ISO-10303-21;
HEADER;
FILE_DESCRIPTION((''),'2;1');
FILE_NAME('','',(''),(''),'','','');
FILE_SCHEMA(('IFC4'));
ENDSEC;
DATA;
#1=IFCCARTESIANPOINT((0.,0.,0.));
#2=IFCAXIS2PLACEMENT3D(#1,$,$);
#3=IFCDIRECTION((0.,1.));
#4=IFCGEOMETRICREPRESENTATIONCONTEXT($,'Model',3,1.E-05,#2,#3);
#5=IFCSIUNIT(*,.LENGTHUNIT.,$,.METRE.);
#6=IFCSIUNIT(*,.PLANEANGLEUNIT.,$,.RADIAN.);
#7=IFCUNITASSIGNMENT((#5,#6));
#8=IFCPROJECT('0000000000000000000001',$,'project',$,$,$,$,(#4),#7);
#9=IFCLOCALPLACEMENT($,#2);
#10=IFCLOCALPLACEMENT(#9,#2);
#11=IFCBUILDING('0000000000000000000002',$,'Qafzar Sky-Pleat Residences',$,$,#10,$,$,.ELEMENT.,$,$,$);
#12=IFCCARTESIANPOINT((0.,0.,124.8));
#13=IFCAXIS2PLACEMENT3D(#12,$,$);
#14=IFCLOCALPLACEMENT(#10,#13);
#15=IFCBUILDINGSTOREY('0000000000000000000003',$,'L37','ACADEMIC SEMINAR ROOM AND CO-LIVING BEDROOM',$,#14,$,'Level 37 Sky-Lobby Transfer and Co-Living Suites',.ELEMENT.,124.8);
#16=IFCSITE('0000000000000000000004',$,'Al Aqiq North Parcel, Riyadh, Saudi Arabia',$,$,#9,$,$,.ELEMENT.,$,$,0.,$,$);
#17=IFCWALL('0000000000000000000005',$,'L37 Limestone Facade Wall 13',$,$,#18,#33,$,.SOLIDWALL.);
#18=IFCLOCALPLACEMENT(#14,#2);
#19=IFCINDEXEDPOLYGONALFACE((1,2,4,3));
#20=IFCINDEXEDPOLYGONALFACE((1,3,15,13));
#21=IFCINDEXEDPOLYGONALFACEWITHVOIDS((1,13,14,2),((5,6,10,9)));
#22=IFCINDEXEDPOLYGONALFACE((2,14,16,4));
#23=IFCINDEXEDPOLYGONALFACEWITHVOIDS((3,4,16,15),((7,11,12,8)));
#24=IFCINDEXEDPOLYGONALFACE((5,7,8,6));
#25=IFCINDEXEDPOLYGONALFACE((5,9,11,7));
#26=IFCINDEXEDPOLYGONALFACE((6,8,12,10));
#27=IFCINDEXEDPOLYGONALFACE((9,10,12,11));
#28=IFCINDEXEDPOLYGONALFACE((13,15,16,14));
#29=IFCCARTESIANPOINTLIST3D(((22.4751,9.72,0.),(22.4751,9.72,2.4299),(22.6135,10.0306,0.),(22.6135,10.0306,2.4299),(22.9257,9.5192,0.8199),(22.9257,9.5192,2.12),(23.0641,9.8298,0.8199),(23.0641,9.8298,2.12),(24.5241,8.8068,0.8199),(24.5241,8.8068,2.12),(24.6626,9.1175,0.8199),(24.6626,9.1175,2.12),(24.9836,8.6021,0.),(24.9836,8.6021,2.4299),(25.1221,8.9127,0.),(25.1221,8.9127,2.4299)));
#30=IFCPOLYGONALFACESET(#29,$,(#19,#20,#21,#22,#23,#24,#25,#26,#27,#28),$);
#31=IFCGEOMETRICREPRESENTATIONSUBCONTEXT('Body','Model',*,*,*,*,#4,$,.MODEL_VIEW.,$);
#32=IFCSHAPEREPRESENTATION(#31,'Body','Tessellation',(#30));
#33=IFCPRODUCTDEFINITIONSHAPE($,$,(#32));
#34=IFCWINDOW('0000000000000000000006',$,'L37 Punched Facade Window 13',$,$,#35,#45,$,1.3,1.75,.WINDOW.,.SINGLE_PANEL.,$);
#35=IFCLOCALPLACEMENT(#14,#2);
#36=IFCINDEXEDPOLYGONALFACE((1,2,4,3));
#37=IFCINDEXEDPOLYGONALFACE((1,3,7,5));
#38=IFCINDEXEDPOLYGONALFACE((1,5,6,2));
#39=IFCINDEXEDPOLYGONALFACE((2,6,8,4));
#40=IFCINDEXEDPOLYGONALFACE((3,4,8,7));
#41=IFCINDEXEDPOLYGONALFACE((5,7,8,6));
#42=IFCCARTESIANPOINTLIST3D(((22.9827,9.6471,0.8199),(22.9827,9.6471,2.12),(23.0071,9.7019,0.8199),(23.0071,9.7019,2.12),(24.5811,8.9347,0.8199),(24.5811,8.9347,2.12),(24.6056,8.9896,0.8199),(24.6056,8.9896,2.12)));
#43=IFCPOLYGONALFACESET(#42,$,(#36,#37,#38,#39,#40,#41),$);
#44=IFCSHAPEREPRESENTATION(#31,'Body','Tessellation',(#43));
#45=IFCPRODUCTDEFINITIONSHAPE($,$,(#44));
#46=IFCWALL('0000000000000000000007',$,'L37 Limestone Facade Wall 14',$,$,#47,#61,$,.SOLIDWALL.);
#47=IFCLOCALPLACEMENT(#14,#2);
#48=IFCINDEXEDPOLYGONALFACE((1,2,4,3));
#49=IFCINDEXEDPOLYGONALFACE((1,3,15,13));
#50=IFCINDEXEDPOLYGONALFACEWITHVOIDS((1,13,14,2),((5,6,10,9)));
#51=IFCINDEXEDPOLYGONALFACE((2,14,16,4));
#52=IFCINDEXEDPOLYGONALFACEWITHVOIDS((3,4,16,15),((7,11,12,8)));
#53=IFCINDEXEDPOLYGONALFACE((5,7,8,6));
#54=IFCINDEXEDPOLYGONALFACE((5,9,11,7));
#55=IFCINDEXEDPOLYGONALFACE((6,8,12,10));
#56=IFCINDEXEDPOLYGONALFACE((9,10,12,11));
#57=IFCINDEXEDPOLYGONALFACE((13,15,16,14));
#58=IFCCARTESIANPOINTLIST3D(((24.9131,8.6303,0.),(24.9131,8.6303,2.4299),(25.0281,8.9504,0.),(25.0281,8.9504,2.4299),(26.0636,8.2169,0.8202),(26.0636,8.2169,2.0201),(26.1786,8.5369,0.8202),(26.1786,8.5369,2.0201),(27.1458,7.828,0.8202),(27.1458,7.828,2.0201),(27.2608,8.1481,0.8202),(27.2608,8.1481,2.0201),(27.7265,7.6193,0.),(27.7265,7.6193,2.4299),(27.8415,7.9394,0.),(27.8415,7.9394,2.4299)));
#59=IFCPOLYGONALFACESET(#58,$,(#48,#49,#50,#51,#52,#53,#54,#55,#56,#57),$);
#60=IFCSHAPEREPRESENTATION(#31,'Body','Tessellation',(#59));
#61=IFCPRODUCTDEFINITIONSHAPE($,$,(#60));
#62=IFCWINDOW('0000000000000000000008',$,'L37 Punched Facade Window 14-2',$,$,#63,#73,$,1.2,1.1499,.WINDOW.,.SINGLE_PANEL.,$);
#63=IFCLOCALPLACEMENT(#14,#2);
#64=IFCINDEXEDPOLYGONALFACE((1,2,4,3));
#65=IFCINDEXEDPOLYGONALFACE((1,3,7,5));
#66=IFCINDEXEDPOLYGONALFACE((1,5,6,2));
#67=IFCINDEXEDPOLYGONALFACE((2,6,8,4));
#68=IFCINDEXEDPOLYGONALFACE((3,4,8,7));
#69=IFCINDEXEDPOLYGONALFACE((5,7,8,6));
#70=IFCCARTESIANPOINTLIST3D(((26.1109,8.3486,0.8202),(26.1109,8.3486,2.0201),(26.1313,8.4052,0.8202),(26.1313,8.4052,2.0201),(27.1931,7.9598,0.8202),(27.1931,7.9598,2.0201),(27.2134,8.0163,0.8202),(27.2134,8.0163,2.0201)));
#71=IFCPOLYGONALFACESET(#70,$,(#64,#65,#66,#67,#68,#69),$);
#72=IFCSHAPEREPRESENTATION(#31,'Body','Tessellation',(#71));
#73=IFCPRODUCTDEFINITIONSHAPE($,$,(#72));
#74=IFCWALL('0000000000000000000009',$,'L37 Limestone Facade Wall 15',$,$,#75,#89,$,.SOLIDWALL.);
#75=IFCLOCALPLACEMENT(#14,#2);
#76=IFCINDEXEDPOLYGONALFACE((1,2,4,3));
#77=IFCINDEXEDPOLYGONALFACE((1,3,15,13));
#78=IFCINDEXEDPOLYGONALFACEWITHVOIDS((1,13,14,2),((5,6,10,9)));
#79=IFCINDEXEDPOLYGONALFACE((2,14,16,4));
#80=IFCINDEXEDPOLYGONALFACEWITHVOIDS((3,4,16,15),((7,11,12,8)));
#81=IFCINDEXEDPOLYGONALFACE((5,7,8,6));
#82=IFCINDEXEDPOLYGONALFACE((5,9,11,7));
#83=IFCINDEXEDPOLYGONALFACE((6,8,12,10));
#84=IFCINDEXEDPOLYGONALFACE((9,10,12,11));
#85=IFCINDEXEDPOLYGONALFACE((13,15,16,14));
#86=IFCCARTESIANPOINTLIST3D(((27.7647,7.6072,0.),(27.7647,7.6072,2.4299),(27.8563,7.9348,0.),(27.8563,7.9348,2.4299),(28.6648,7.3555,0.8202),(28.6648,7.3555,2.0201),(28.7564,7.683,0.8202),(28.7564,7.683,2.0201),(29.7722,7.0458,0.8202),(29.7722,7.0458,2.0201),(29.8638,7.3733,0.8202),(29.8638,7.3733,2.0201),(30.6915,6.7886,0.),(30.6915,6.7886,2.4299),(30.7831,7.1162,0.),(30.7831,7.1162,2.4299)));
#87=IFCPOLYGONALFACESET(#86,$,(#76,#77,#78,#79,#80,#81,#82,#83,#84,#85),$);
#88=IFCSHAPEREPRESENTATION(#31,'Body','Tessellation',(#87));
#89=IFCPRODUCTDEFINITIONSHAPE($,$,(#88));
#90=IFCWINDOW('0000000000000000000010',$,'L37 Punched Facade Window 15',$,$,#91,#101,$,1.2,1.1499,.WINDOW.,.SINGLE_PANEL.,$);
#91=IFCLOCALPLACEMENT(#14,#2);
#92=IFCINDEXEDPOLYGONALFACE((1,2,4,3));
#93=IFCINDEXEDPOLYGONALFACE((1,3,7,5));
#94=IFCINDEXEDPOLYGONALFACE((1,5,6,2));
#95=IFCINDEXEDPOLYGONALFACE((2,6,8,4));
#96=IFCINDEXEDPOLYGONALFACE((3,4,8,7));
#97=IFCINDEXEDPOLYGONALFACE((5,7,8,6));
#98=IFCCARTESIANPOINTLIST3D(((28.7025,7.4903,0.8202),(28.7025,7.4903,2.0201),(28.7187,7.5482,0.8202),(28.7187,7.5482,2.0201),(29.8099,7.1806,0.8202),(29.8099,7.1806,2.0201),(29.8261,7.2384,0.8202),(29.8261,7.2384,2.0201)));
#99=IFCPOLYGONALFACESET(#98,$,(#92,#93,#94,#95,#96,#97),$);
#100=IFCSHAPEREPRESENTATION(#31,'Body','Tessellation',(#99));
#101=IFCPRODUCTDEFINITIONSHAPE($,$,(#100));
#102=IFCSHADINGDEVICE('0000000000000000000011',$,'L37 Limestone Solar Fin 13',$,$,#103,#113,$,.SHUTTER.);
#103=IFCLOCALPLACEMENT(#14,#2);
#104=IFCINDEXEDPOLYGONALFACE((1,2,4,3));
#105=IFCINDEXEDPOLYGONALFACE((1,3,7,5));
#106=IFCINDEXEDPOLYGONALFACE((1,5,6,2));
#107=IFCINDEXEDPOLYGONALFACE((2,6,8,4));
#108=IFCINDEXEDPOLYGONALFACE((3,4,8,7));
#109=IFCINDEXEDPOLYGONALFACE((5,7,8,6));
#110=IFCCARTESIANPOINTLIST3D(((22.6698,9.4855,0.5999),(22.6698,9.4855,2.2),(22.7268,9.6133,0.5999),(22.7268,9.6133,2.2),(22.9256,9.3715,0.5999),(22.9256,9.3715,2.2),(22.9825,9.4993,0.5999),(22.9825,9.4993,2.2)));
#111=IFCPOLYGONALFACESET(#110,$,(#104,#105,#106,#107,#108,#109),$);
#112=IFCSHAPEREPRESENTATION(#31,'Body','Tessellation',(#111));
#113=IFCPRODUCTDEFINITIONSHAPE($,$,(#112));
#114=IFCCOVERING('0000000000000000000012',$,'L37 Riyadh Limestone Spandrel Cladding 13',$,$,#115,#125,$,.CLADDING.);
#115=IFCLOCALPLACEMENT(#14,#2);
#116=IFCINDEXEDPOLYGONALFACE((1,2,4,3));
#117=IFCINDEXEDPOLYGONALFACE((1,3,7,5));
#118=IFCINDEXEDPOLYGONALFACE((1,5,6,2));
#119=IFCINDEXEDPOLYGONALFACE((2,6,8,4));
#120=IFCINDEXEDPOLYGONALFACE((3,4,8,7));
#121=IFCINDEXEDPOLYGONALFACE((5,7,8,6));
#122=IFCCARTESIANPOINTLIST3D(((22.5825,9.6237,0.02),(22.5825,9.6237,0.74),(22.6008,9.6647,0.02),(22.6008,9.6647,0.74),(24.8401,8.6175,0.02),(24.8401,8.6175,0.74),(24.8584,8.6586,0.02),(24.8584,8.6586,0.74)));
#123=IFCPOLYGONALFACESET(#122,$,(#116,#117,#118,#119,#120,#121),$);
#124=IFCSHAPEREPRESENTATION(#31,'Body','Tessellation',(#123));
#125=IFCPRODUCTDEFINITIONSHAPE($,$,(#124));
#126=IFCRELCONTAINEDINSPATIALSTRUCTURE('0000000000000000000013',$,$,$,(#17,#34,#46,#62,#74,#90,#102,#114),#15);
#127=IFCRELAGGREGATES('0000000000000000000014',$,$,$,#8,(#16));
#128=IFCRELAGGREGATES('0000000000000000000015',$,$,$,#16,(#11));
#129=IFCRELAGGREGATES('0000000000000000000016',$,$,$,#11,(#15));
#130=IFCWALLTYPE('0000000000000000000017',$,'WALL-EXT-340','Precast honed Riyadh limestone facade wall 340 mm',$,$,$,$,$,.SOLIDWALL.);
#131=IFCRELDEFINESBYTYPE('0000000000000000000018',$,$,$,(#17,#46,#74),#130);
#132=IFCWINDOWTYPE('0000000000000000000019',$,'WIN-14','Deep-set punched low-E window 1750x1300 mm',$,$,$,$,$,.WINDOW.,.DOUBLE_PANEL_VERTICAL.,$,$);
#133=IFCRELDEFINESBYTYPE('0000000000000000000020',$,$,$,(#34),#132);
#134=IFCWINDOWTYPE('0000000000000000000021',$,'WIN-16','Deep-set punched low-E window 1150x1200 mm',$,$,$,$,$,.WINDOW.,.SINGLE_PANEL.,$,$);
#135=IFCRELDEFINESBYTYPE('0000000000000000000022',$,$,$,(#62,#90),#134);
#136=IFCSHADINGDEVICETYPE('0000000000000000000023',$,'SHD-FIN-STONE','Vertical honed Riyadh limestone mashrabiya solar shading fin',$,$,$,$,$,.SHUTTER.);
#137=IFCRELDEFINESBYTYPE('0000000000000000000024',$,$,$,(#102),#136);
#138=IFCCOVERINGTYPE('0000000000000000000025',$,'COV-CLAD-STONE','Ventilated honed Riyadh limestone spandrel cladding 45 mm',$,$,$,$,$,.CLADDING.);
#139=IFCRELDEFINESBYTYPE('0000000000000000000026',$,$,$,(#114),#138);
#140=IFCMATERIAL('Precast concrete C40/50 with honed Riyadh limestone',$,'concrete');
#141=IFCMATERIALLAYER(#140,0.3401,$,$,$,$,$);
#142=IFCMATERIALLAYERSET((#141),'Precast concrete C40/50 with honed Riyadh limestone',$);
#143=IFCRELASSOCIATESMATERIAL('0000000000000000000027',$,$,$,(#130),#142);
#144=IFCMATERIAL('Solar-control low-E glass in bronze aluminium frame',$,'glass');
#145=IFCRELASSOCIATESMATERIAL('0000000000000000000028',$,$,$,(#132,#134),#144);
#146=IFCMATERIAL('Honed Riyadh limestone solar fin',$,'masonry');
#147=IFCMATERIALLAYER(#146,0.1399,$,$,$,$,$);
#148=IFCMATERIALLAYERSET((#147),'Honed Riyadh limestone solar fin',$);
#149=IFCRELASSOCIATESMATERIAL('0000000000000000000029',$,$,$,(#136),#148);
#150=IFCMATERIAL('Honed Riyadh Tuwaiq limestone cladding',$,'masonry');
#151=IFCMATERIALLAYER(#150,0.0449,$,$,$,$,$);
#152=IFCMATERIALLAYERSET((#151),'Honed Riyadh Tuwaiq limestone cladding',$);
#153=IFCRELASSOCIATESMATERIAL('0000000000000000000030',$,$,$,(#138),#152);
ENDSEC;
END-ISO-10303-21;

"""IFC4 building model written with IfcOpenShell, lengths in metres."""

from ifc_helpers import new_model, si_unit, direction, frame, frame_2d, origin, origin_2d, place, context, subcontext, project, spatial, rectangle, extrude, source, transform, mapped, material, layer, layer_set, type_object, element, fill, save


model = new_model("IFC4")

# Units and contexts
model_context = context("Model", 3, precision=1e-05, world=origin(), true_north=direction((0.0, 1.0)))
body_context = subcontext(model_context, "Body", "Model", "MODEL_VIEW")
ifc_project = project(units=[si_unit("LENGTHUNIT", "METRE"), si_unit("PLANEANGLEUNIT", "RADIAN")], contexts=[model_context])

# Site, building, storey
site_placement = place(None, origin())
site = spatial("IfcSite", under=ifc_project, at=site_placement, Name="Al Aqiq North Parcel, Riyadh, Saudi Arabia", CompositionType="ELEMENT", RefElevation=0.0)
building_placement = place(site_placement, origin())
building = spatial("IfcBuilding", under=site, at=building_placement, Name="Qafzar Sky-Pleat Residences", CompositionType="ELEMENT")
storey_placement = place(building_placement, frame((0.0, 0.0, 124.8)))
storey = spatial("IfcBuildingStorey", under=building, at=storey_placement, Name="L37", Description="ACADEMIC SEMINAR ROOM AND CO-LIVING BEDROOM", LongName="Level 37 Sky-Lobby Transfer and Co-Living Suites", CompositionType="ELEMENT", Elevation=124.8)

# Walls, openings, windows
ifc_material_1 = material(Name="Precast concrete C40/50 with honed Riyadh limestone", Category="concrete")
ifc_layer_1 = layer(ifc_material_1, 0.3401)
ifc_layer_set_1 = layer_set([ifc_layer_1], Name="Precast concrete C40/50 with honed Riyadh limestone")
wall_type_1 = type_object("IfcWallType", Name="WALL-EXT-340", Description="Precast honed Riyadh limestone facade wall 340 mm", PredefinedType="SOLIDWALL", material=ifc_layer_set_1)
ifc_material_2 = material(Name="Solar-control low-E glass in bronze aluminium frame", Category="glass")
wall_1_placement = place(storey_placement, frame((22.5444, 9.8752, 0.0), z_axis=(0.0, 0.0, 1.0), x_axis=(0.913404, -0.407054, 0.0)))
wall_1 = element("IfcWall", 1, at=wall_1_placement, inside=storey, type_object=wall_type_1, Name="L37 Limestone Facade Wall 13", PredefinedType="SOLIDWALL", context=body_context, shape_type="SweptSolid", body=[
    extrude(rectangle(XDim=2.7463, YDim=0.3401, at=frame_2d((1.373, 0.0))), origin(), (0.0, 0.0, 1.0), 2.4299),
])
opening_1_placement = place(wall_1_placement, frame((0.4932, 0.0, 0.8201)))
opening_1 = element("IfcOpeningElement", 2, at=opening_1_placement, cuts=wall_1, PredefinedType="OPENING", context=body_context, shape_type="SweptSolid", body=[
    extrude(rectangle(XDim=1.75, YDim=1.3, at=frame_2d((0.875, 0.6499))), frame((0.0, 0.1802, 0.0), z_axis=(0.0, -1.0, 0.0), x_axis=(1.0, 0.0, 0.0)), (0.0, 0.0, 1.0), 0.3601),
])
window_type_1 = type_object("IfcWindowType", Name="WIN-14", Description="Deep-set punched low-E window 1750x1300 mm", PartitioningType="DOUBLE_PANEL_VERTICAL", PredefinedType="WINDOW", material=ifc_material_2)
shared_shape_1 = source(origin(), body_context, "Body", "SweptSolid", [
    extrude(rectangle(XDim=1.75, YDim=1.3, at=frame_2d((0.875, 0.6499))), frame((0.0, 0.03, 0.0), z_axis=(0.0, -1.0, 0.0), x_axis=(1.0, 0.0, 0.0)), (0.0, 0.0, 1.0), 0.0601),
])
window_1_placement = place(opening_1_placement, origin())
window_1 = element("IfcWindow", 3, at=window_1_placement, inside=storey, type_object=window_type_1, Name="L37 Punched Facade Window 13", OverallHeight=1.3, OverallWidth=1.75, PartitioningType="SINGLE_PANEL", PredefinedType="WINDOW", context=body_context, shape_type="MappedRepresentation", body=[
    mapped(shared_shape_1, transform((0.0, 0.0, 0.0), x_axis=(1.0, 0.0, 0.0), y_axis=(0.0, 1.0, 0.0), z_axis=(0.0, 0.0, 1.0), scale=1.0)),
])
fill(opening_1, window_1)
wall_2_placement = place(storey_placement, frame((24.9707, 8.7903, 0.0), z_axis=(0.0, 0.0, 1.0), x_axis=(0.941086, -0.338167, 0.0)))
wall_2 = element("IfcWall", 4, at=wall_2_placement, inside=storey, type_object=wall_type_1, Name="L37 Limestone Facade Wall 14", PredefinedType="SOLIDWALL", context=body_context, shape_type="SweptSolid", body=[
    extrude(rectangle(XDim=2.9895, YDim=0.3401, at=frame_2d((1.4946, 0.0))), origin(), (0.0, 0.0, 1.0), 2.4299),
])
opening_2_placement = place(wall_2_placement, frame((1.2224, 0.0, 0.8201)))
opening_2 = element("IfcOpeningElement", 5, at=opening_2_placement, cuts=wall_2, PredefinedType="OPENING", context=body_context, shape_type="SweptSolid", body=[
    extrude(rectangle(XDim=1.1499, YDim=1.2, at=frame_2d((0.575, 0.6001))), frame((0.0, 0.1802, 0.0), z_axis=(0.0, -1.0, 0.0), x_axis=(1.0, 0.0, 0.0)), (0.0, 0.0, 1.0), 0.3601),
])
window_type_2 = type_object("IfcWindowType", Name="WIN-16", Description="Deep-set punched low-E window 1150x1200 mm", PartitioningType="SINGLE_PANEL", PredefinedType="WINDOW", material=ifc_material_2)
shared_shape_2 = source(origin(), body_context, "Body", "SweptSolid", [
    extrude(rectangle(XDim=1.1499, YDim=1.2, at=frame_2d((0.575, 0.6001))), frame((0.0, 0.03, 0.0), z_axis=(0.0, -1.0, 0.0), x_axis=(1.0, 0.0, 0.0)), (0.0, 0.0, 1.0), 0.0601),
])
window_2_placement = place(opening_2_placement, origin())
window_2 = element("IfcWindow", 6, at=window_2_placement, inside=storey, type_object=window_type_2, Name="L37 Punched Facade Window 14-2", OverallHeight=1.2, OverallWidth=1.1499, PartitioningType="SINGLE_PANEL", PredefinedType="WINDOW", context=body_context, shape_type="MappedRepresentation", body=[
    mapped(shared_shape_2, transform((0.0, 0.0, 0.0), x_axis=(1.0, 0.0, 0.0), y_axis=(0.0, 1.0, 0.0), z_axis=(0.0, 0.0, 1.0), scale=1.0)),
])
fill(opening_2, window_2)
wall_3_placement = place(storey_placement, frame((27.8105, 7.771, 0.0), z_axis=(0.0, 0.0, 1.0), x_axis=(0.96304, -0.269359, 0.0)))
wall_3 = element("IfcWall", 7, at=wall_3_placement, inside=storey, type_object=wall_type_1, Name="L37 Limestone Facade Wall 15", PredefinedType="SOLIDWALL", context=body_context, shape_type="SweptSolid", body=[
    extrude(rectangle(XDim=3.0391, YDim=0.3401, at=frame_2d((1.5195, 0.0))), origin(), (0.0, 0.0, 1.0), 2.4299),
])
opening_3_placement = place(wall_3_placement, frame((0.9346, 0.0, 0.8201)))
opening_3 = element("IfcOpeningElement", 8, at=opening_3_placement, cuts=wall_3, PredefinedType="OPENING", context=body_context, shape_type="SweptSolid", body=[
    extrude(rectangle(XDim=1.1499, YDim=1.2, at=frame_2d((0.575, 0.6001))), frame((0.0, 0.1802, 0.0), z_axis=(0.0, -1.0, 0.0), x_axis=(1.0, 0.0, 0.0)), (0.0, 0.0, 1.0), 0.3601),
])
window_3_placement = place(opening_3_placement, origin())
window_3 = element("IfcWindow", 9, at=window_3_placement, inside=storey, type_object=window_type_2, Name="L37 Punched Facade Window 15", OverallHeight=1.2, OverallWidth=1.1499, PartitioningType="SINGLE_PANEL", PredefinedType="WINDOW", context=body_context, shape_type="MappedRepresentation", body=[
    mapped(shared_shape_2, transform((0.0, 0.0, 0.0), x_axis=(1.0, 0.0, 0.0), y_axis=(0.0, 1.0, 0.0), z_axis=(0.0, 0.0, 1.0), scale=1.0)),
])
fill(opening_3, window_3)

# Shading device
ifc_material_3 = material(Name="Honed Riyadh limestone solar fin", Category="masonry")
ifc_layer_2 = layer(ifc_material_3, 0.1399)
ifc_layer_set_2 = layer_set([ifc_layer_2], Name="Honed Riyadh limestone solar fin")
shading_device_type = type_object("IfcShadingDeviceType", Name="SHD-FIN-STONE", Description="Vertical honed Riyadh limestone mashrabiya solar shading fin", PredefinedType="SHUTTER", material=ifc_layer_set_2)
shared_shape_3 = source(origin(), body_context, "Body", "SweptSolid", [
    extrude(rectangle(XDim=0.1399, YDim=0.28, at=origin_2d()), origin(), (0.0, 0.0, 1.0), 1.6001),
])
shading_device_placement = place(storey_placement, frame((22.8262, 9.4924, 0.5999), z_axis=(0.0, 0.0, 1.0), x_axis=(-0.407076, -0.913394, 0.0)))
element("IfcShadingDevice", 10, at=shading_device_placement, inside=storey, type_object=shading_device_type, Name="L37 Limestone Solar Fin 13", PredefinedType="SHUTTER", context=body_context, shape_type="MappedRepresentation", body=[
    mapped(shared_shape_3, transform((0.0, 0.0, 0.0), x_axis=(1.0, 0.0, 0.0), y_axis=(0.0, 1.0, 0.0), z_axis=(0.0, 0.0, 1.0), scale=1.0)),
])

# Covering
ifc_material_4 = material(Name="Honed Riyadh Tuwaiq limestone cladding", Category="masonry")
ifc_layer_3 = layer(ifc_material_4, 0.0449)
ifc_layer_set_3 = layer_set([ifc_layer_3], Name="Honed Riyadh Tuwaiq limestone cladding")
covering_type = type_object("IfcCoveringType", Name="COV-CLAD-STONE", Description="Ventilated honed Riyadh limestone spandrel cladding 45 mm", PredefinedType="CLADDING", material=ifc_layer_set_3)
shared_shape_4 = source(origin(), body_context, "Body", "SweptSolid", [
    extrude(rectangle(XDim=2.4717, YDim=0.0449, at=origin_2d()), origin(), (0.0, 0.0, 1.0), 0.72),
])
covering_placement = place(storey_placement, frame((23.7205, 9.1411, 0.02), z_axis=(0.0, 0.0, 1.0), x_axis=(0.913398, -0.407067, 0.0)))
element("IfcCovering", 11, at=covering_placement, inside=storey, type_object=covering_type, Name="L37 Riyadh Limestone Spandrel Cladding 13", PredefinedType="CLADDING", context=body_context, shape_type="MappedRepresentation", body=[
    mapped(shared_shape_4, transform((0.0, 0.0, 0.0), x_axis=(1.0, 0.0, 0.0), y_axis=(0.0, 1.0, 0.0), z_axis=(0.0, 0.0, 1.0), scale=1.0)),
])

save(model, "model.ifc")
